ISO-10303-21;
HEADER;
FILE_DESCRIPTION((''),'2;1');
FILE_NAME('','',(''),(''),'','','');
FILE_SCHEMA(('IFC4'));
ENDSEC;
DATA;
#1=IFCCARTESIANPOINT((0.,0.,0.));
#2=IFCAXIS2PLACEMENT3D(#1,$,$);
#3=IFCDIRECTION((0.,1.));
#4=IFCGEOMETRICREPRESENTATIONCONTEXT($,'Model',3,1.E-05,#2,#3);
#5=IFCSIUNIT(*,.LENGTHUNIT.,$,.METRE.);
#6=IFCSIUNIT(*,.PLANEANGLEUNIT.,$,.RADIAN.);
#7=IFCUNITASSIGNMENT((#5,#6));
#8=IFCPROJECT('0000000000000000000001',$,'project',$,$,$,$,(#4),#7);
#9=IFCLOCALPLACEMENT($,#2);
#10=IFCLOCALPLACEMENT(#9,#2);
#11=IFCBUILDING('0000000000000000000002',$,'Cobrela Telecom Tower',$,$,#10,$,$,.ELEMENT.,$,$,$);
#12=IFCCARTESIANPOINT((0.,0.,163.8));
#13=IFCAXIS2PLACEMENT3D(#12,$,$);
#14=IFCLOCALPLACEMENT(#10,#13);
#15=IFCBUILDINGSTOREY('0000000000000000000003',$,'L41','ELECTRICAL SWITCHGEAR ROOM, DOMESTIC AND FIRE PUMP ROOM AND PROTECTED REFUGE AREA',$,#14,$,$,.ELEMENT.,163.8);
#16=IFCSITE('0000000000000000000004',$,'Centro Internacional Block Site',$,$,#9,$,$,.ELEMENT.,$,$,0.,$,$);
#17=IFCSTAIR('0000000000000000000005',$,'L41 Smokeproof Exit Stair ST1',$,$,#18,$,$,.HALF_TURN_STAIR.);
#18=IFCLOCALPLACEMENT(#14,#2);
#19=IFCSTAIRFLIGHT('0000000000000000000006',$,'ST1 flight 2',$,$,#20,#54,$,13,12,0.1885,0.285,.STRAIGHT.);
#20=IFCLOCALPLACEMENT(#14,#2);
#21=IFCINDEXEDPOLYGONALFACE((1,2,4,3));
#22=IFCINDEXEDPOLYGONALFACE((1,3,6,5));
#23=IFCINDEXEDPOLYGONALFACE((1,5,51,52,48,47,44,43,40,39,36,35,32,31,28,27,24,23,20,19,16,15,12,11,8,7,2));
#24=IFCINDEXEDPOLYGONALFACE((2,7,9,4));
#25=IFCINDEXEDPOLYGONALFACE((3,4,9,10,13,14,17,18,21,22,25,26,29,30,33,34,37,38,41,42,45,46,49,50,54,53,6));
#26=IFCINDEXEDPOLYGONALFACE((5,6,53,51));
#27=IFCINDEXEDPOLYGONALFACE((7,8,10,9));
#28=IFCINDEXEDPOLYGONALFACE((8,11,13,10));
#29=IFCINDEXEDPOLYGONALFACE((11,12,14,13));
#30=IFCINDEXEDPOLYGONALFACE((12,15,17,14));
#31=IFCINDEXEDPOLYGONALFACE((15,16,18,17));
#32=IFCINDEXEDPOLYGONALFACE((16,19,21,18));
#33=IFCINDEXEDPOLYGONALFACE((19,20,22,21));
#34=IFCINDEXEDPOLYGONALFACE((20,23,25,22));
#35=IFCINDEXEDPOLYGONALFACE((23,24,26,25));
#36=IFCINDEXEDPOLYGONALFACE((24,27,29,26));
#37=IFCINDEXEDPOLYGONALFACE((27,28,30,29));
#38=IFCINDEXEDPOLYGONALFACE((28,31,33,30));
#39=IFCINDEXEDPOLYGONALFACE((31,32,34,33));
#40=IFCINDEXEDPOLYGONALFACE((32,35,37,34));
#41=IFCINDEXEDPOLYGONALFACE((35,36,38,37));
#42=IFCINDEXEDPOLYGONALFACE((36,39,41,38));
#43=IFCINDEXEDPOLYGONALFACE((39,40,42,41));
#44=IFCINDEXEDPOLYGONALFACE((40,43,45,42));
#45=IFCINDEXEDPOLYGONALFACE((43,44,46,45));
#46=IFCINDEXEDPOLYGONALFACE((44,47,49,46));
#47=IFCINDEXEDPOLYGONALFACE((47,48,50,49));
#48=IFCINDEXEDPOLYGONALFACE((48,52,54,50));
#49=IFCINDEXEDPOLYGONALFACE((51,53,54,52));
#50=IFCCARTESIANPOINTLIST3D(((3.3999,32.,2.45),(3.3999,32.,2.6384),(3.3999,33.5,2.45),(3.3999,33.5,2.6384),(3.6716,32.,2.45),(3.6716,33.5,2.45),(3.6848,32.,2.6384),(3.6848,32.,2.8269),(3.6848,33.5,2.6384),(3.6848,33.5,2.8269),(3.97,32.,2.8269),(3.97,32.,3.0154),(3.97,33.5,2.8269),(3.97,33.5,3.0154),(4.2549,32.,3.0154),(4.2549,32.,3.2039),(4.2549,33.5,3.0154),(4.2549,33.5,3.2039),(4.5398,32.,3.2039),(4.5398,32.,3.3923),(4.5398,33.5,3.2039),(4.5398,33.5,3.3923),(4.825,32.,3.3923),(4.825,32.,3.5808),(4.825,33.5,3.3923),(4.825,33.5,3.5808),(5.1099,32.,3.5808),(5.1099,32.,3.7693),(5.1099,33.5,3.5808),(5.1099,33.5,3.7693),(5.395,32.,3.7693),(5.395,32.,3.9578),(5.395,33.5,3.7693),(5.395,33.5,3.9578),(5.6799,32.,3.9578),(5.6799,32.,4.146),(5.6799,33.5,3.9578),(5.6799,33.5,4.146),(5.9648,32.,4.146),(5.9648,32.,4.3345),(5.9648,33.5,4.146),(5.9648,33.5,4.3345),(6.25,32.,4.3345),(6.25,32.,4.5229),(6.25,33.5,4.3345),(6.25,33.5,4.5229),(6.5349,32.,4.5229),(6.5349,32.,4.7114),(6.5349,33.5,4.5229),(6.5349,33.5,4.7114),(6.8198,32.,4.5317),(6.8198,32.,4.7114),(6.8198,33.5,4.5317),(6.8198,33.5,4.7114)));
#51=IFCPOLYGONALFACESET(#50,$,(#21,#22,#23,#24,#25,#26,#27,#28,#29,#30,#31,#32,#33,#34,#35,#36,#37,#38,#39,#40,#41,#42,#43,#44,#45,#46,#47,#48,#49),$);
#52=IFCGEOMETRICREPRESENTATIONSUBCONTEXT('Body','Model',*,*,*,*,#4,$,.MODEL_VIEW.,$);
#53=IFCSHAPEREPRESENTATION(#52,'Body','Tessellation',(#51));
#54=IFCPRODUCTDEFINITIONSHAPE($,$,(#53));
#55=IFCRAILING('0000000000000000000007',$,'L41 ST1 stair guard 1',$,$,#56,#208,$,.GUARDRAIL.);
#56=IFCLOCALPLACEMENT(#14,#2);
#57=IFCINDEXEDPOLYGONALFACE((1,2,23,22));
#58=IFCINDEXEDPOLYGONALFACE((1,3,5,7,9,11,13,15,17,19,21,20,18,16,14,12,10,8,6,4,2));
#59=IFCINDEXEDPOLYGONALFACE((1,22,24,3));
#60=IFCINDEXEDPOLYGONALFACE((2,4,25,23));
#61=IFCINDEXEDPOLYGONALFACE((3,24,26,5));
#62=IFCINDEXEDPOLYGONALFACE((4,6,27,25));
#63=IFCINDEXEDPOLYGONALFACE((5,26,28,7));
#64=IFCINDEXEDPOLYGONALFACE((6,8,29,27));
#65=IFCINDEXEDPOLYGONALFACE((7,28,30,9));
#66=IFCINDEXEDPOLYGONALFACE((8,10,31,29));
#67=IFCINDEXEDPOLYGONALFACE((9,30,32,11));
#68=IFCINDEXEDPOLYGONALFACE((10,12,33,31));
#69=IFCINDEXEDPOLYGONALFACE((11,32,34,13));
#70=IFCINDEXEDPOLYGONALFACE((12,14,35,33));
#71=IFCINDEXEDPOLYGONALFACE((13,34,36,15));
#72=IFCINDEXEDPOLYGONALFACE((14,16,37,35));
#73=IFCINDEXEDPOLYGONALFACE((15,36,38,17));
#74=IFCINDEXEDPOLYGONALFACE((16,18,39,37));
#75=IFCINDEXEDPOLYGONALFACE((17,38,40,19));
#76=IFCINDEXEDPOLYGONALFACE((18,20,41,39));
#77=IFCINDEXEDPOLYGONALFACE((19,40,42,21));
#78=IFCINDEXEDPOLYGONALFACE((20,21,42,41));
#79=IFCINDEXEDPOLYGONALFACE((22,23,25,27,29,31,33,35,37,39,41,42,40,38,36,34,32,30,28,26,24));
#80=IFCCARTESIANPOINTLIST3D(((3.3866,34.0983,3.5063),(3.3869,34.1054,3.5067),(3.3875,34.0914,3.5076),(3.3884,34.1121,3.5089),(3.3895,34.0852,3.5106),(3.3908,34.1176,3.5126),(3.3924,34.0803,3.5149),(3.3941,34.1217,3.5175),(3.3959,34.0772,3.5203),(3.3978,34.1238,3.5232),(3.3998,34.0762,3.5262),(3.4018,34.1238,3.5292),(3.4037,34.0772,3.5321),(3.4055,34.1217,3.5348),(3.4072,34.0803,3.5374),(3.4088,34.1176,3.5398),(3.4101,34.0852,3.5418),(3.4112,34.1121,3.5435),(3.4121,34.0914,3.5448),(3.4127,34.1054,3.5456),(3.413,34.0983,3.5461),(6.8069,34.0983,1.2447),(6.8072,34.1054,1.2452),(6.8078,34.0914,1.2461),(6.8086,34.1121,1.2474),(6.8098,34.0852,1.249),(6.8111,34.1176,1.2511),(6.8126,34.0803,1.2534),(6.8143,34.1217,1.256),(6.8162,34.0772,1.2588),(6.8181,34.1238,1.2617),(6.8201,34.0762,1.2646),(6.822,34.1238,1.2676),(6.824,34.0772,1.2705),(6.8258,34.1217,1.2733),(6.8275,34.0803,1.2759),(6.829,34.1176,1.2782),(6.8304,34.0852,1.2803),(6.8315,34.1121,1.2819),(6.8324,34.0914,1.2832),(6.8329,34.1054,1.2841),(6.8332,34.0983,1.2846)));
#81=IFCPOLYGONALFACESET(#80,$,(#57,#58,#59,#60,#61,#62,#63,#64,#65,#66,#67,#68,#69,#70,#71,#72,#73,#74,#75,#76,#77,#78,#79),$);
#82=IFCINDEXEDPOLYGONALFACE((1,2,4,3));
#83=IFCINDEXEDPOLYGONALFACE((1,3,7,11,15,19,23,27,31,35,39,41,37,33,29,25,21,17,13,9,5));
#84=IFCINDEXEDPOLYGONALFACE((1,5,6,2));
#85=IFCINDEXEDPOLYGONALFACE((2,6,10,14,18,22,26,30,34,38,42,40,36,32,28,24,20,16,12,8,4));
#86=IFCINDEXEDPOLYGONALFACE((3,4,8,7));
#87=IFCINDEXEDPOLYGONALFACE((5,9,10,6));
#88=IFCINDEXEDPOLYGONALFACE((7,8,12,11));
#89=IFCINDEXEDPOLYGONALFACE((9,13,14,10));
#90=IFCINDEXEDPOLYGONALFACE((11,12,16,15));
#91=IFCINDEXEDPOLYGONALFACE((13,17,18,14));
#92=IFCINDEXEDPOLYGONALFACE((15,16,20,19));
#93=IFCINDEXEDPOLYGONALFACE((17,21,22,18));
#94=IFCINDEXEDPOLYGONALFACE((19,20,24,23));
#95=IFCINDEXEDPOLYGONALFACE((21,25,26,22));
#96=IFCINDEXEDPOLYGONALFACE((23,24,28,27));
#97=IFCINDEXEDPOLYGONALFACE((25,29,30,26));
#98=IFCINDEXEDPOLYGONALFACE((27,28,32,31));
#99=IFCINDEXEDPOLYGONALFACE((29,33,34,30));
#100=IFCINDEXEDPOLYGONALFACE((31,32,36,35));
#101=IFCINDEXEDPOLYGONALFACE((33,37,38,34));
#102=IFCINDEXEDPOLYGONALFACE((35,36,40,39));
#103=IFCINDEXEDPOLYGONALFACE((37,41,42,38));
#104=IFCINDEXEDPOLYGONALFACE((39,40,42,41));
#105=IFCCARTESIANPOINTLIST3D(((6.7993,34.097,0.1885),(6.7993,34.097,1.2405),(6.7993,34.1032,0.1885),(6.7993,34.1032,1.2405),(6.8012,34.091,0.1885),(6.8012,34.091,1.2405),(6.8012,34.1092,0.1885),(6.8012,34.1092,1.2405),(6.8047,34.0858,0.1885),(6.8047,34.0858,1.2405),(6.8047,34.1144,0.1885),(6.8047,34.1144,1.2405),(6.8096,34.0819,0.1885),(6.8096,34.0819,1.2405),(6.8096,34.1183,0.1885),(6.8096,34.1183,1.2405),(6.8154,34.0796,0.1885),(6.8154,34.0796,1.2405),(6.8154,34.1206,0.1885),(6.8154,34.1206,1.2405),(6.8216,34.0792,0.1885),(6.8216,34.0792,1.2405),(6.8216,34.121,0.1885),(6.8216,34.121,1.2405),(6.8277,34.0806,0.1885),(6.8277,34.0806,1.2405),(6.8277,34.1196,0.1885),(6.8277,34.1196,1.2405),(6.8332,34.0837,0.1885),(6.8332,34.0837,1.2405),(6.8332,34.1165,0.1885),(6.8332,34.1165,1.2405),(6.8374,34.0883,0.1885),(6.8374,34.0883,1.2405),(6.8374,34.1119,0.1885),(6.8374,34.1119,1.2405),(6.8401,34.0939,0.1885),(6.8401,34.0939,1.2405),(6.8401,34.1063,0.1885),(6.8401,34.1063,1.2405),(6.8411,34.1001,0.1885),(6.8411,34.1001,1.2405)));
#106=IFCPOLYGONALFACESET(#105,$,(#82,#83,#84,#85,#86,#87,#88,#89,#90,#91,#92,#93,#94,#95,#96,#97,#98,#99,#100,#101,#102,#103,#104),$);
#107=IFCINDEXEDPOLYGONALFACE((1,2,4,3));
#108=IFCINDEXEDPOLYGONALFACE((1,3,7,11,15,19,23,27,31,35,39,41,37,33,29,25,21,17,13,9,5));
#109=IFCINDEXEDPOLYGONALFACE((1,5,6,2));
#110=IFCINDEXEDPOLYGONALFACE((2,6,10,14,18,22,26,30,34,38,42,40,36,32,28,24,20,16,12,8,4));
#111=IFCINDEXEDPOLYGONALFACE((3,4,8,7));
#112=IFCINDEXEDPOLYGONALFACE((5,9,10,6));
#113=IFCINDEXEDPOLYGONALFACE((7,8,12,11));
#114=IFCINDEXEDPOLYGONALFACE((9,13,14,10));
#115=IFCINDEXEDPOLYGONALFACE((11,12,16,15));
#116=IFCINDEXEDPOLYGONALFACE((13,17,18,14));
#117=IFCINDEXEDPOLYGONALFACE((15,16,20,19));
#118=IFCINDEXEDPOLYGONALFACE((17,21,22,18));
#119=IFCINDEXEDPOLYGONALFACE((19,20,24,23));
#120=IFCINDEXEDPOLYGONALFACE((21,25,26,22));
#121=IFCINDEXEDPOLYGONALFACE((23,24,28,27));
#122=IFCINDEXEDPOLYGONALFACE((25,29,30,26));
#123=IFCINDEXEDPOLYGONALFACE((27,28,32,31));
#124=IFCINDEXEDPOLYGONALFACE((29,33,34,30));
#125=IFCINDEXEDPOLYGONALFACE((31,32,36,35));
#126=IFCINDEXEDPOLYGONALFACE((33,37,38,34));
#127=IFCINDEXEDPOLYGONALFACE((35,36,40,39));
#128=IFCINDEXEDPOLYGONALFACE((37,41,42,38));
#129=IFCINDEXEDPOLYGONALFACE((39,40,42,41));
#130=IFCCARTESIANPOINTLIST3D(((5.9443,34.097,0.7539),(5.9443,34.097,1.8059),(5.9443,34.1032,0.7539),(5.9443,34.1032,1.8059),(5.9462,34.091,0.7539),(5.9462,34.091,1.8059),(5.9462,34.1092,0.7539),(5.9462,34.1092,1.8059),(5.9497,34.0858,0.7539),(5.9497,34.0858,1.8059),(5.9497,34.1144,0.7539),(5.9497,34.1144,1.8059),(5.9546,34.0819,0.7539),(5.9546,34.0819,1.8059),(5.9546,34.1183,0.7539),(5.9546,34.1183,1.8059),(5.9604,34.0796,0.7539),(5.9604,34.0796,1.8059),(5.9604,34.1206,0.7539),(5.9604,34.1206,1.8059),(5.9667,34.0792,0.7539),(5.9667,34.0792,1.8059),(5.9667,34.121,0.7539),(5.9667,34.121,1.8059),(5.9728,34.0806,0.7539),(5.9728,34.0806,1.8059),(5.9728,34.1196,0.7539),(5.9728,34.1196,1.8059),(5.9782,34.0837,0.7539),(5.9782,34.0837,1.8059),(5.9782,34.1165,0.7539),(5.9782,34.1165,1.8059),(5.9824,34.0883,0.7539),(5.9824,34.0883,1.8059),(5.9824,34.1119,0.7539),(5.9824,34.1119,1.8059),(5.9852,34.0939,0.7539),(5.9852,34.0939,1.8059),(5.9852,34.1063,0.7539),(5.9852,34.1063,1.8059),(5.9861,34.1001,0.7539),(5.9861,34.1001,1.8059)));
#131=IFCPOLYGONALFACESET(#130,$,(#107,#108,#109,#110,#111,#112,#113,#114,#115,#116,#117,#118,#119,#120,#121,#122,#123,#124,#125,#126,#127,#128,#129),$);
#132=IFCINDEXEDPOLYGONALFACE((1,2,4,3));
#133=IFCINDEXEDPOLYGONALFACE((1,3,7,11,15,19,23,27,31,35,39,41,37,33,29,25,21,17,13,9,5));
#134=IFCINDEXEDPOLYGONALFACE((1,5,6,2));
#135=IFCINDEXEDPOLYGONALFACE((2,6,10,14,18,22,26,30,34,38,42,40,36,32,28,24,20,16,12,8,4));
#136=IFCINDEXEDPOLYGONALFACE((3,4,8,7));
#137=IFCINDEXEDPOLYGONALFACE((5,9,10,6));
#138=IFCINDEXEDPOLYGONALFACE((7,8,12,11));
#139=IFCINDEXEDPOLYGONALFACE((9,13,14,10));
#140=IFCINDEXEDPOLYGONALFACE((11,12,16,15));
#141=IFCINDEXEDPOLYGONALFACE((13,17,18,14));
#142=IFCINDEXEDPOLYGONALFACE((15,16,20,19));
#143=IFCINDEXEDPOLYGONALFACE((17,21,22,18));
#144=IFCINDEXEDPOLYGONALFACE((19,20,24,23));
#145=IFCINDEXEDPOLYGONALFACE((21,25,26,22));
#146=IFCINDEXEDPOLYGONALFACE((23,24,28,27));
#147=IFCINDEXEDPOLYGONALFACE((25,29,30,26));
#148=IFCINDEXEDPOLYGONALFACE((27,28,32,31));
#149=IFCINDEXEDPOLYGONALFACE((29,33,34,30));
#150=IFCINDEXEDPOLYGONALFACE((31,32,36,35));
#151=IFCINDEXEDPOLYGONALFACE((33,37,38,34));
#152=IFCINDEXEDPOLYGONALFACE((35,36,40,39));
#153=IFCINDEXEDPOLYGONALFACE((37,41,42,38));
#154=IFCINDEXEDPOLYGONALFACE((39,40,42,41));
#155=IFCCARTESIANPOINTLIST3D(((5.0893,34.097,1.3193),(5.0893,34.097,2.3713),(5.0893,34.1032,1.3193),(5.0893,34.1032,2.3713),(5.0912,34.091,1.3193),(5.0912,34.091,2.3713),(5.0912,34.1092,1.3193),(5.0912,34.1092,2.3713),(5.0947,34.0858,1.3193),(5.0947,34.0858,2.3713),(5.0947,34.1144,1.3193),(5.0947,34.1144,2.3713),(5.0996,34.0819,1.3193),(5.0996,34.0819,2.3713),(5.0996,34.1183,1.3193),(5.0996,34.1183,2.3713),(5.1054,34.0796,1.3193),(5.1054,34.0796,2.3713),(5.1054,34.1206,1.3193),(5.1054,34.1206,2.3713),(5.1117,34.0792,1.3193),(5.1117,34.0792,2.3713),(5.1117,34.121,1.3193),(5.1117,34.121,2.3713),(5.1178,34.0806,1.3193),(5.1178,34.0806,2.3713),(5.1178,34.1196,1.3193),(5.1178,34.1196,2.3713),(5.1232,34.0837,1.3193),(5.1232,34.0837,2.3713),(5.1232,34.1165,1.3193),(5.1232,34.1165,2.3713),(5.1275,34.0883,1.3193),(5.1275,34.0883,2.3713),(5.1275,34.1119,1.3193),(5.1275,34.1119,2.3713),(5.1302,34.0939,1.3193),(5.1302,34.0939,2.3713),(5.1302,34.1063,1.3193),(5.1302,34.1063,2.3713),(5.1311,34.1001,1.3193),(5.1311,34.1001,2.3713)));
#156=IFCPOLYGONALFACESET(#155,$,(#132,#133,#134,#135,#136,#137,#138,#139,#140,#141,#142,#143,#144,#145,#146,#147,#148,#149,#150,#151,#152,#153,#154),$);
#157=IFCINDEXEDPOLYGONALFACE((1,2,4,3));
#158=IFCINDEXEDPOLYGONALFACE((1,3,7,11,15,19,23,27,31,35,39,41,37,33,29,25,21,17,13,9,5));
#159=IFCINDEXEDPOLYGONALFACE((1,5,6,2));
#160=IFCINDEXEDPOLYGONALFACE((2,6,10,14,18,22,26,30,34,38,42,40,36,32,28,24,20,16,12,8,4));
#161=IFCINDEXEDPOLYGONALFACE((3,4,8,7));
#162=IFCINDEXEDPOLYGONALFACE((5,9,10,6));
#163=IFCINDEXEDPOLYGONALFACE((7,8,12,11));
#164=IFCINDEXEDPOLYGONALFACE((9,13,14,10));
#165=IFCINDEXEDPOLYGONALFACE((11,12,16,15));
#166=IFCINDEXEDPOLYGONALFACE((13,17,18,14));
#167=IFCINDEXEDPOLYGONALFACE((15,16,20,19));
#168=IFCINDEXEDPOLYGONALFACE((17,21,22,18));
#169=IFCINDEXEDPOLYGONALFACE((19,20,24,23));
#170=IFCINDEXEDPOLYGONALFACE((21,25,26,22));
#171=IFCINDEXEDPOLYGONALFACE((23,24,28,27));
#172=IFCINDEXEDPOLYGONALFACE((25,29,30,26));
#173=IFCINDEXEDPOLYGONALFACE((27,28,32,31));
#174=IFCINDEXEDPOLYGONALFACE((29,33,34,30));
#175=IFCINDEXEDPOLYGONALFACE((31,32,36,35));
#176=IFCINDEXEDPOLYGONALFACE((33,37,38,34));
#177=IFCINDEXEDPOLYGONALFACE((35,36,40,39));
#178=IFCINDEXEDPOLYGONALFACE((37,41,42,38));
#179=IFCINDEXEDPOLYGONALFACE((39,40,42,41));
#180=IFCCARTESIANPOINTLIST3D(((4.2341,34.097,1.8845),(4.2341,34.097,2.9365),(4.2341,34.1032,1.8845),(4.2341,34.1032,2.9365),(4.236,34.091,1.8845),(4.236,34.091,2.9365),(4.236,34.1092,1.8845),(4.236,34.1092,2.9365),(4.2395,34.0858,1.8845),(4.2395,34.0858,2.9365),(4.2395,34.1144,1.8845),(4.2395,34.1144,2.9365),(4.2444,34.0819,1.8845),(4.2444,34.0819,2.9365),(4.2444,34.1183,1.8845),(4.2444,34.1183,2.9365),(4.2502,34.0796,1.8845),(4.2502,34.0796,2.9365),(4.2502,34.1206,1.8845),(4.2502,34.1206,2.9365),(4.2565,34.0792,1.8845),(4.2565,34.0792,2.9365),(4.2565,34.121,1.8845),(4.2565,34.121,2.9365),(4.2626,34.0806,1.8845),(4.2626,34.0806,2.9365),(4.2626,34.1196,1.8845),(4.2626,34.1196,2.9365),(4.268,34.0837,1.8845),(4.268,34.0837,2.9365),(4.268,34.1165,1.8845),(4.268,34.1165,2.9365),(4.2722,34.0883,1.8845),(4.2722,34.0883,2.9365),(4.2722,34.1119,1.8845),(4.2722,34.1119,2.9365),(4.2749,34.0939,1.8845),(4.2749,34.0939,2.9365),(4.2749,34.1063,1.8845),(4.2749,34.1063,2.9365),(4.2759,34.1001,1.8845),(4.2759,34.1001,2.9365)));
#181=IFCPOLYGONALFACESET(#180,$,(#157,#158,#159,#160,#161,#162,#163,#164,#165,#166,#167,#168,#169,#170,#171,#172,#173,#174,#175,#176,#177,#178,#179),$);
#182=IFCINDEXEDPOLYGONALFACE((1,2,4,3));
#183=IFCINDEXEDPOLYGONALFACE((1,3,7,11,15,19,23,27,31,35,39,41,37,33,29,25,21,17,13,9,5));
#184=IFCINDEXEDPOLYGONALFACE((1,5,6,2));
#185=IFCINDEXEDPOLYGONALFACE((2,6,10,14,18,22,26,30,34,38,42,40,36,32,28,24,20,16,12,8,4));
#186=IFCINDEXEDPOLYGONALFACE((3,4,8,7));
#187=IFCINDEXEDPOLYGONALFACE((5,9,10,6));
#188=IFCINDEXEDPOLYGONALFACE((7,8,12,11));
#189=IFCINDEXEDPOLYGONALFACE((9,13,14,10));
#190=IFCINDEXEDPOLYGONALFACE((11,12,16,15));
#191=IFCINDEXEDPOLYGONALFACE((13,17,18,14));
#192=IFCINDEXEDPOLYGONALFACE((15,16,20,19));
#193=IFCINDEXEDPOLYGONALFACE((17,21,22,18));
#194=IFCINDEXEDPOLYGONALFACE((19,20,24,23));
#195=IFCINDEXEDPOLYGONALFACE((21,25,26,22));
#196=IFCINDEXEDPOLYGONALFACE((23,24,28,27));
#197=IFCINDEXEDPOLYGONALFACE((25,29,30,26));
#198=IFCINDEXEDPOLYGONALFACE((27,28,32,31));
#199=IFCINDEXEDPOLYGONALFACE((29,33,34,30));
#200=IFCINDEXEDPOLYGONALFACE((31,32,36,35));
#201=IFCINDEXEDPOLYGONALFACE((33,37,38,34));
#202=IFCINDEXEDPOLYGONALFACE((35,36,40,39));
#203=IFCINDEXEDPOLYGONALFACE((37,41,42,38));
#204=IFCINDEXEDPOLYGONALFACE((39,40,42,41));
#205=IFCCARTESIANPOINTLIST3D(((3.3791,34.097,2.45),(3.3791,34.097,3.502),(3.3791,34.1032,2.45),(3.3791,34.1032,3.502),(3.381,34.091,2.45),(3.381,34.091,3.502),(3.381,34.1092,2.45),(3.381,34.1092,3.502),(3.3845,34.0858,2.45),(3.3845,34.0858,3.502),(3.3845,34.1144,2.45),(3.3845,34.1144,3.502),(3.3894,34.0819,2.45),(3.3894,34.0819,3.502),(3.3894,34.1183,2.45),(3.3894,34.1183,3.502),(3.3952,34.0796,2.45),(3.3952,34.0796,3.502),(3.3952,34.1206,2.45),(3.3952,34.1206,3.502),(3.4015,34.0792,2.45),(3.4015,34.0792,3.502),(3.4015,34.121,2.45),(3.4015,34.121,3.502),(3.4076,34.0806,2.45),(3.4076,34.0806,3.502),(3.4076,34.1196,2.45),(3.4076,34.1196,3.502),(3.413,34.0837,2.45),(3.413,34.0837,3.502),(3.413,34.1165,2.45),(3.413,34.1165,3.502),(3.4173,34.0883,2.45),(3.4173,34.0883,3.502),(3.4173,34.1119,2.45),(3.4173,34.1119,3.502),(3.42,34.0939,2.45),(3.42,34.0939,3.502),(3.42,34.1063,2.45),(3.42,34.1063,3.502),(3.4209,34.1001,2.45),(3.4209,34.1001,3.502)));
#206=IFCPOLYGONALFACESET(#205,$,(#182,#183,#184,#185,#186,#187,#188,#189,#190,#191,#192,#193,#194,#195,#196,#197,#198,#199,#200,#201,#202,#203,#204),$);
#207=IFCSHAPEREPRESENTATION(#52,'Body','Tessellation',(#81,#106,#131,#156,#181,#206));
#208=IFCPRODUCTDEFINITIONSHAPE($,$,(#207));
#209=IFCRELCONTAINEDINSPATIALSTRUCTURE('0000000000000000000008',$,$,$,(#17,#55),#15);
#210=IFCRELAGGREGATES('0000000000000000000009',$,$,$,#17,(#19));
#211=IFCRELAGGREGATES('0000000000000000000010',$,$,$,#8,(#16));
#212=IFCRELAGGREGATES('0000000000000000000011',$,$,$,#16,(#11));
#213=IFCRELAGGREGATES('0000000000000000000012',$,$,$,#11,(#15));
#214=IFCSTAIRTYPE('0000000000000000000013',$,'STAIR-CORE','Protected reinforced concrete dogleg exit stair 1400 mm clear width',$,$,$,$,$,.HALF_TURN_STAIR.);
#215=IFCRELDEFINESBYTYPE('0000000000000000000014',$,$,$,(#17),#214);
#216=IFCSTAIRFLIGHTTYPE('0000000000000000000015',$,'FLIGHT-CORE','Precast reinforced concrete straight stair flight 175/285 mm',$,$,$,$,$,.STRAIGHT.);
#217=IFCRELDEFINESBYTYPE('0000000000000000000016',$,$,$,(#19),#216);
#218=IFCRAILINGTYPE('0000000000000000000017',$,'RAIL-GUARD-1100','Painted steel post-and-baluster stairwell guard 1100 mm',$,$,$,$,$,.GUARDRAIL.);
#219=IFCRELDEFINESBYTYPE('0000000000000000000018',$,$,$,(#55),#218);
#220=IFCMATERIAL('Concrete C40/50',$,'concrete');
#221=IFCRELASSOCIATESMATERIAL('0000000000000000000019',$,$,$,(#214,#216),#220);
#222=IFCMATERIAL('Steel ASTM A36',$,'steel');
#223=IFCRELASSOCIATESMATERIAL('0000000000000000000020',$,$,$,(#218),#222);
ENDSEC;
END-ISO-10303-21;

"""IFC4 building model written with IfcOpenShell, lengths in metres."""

from ifc_helpers import new_model, si_unit, direction, frame, origin, origin_2d, place, context, subcontext, project, spatial, polyline, circle, outline, extrude, material, type_object, element, aggregate, save


model = new_model("IFC4")

# Units and contexts
model_context = context("Model", 3, precision=1e-05, world=origin(), true_north=direction((0.0, 1.0)))
body_context = subcontext(model_context, "Body", "Model", "MODEL_VIEW")
ifc_project = project(units=[si_unit("LENGTHUNIT", "METRE"), si_unit("PLANEANGLEUNIT", "RADIAN")], contexts=[model_context])

# Site, building, storey
site_placement = place(None, origin())
site = spatial("IfcSite", under=ifc_project, at=site_placement, Name="Centro Internacional Block Site", CompositionType="ELEMENT", RefElevation=0.0)
building_placement = place(site_placement, origin())
building = spatial("IfcBuilding", under=site, at=building_placement, Name="Cobrela Telecom Tower", CompositionType="ELEMENT")
storey_placement = place(building_placement, frame((0.0, 0.0, 163.8)))
storey = spatial("IfcBuildingStorey", under=building, at=storey_placement, Name="L41", Description="ELECTRICAL SWITCHGEAR ROOM, DOMESTIC AND FIRE PUMP ROOM AND PROTECTED REFUGE AREA", CompositionType="ELEMENT", Elevation=163.8)

# Shared definitions
ifc_material_1 = material(Name="Concrete C40/50", Category="concrete")

# Shared definitions
ifc_material_2 = material(Name="Steel ASTM A36", Category="steel")

# Stair, stair flight
stair_type = type_object("IfcStairType", Name="STAIR-CORE", Description="Protected reinforced concrete dogleg exit stair 1400 mm clear width", PredefinedType="HALF_TURN_STAIR", material=ifc_material_1)
stair_placement = place(storey_placement, origin())
stair = element("IfcStair", 1, at=stair_placement, inside=storey, type_object=stair_type, Name="L41 Smokeproof Exit Stair ST1", PredefinedType="HALF_TURN_STAIR")
stair_flight_type = type_object("IfcStairFlightType", Name="FLIGHT-CORE", Description="Precast reinforced concrete straight stair flight 175/285 mm", PredefinedType="STRAIGHT", material=ifc_material_1)
stair_flight_placement = place(storey_placement, frame((3.3999, 32.75, 2.45), z_axis=(0.0, 0.0, 1.0), x_axis=(1.0, 0.0, 0.0)))
stair_flight = element("IfcStairFlight", 2, at=stair_flight_placement, type_object=stair_flight_type, Name="ST1 flight 2", NumberOfRisers=13, NumberOfTreads=12, PredefinedType="STRAIGHT", RiserHeight=0.1885, TreadLength=0.285, context=body_context, shape_type="SweptSolid", body=[
    extrude(outline(polyline([(0.0, 0.0), (0.0, 0.1885), (0.2849, 0.1885), (0.2849, 0.377), (0.5701, 0.377), (0.5701, 0.5654), (0.855, 0.5654), (0.855, 0.7539), (1.1399, 0.7539), (1.1399, 0.9424), (1.425, 0.9424), (1.425, 1.1309), (1.71, 1.1309), (1.71, 1.3193), (1.9951, 1.3193), (1.9951, 1.5078), (2.28, 1.5078), (2.28, 1.696), (2.5649, 1.696), (2.5649, 1.8845), (2.8501, 1.8845), (2.8501, 2.073), (3.135, 2.073), (3.135, 2.2615), (3.4199, 2.2615), (3.4199, 2.45), (3.4199, 2.0818), (0.2717, 0.0), (0.0, 0.0)])), frame((0.0, 0.75, 0.0), z_axis=(0.0, -1.0, 0.0), x_axis=(1.0, 0.0, 0.0)), (0.0, 0.0, 1.0), 1.5),
])
aggregate(stair, [stair_flight])

# Railing
railing_type_1 = type_object("IfcRailingType", Name="RAIL-GUARD-1100", Description="Painted steel post-and-baluster stairwell guard 1100 mm", PredefinedType="GUARDRAIL", material=ifc_material_2)
railing_1_placement = place(storey_placement, frame((6.8201, 34.1001, 0.1885)))
element("IfcRailing", 3, at=railing_1_placement, inside=storey, type_object=railing_type_1, Name="L41 ST1 stair guard 1", PredefinedType="GUARDRAIL", context=body_context, shape_type="SweptSolid", body=[
    extrude(circle(Radius=0.0239, at=origin_2d()), frame((0.0, 0.0, 1.0762), z_axis=(-0.834142, 0.0, 0.55155), x_axis=(0.0, -1.0, 0.0)), (0.0, 0.0, 1.0), 4.1003),
    extrude(circle(Radius=0.021, at=origin_2d()), origin(), (0.0, 0.0, 1.0), 1.052),
    extrude(circle(Radius=0.021, at=origin_2d()), frame((-0.855, 0.0, 0.5654)), (0.0, 0.0, 1.0), 1.052),
    extrude(circle(Radius=0.021, at=origin_2d()), frame((-1.71, 0.0, 1.1309)), (0.0, 0.0, 1.0), 1.052),
    extrude(circle(Radius=0.021, at=origin_2d()), frame((-2.5652, 0.0, 1.696)), (0.0, 0.0, 1.0), 1.052),
    extrude(circle(Radius=0.021, at=origin_2d()), frame((-3.4202, 0.0, 2.2615)), (0.0, 0.0, 1.0), 1.052),
])

save(model, "model.ifc")
